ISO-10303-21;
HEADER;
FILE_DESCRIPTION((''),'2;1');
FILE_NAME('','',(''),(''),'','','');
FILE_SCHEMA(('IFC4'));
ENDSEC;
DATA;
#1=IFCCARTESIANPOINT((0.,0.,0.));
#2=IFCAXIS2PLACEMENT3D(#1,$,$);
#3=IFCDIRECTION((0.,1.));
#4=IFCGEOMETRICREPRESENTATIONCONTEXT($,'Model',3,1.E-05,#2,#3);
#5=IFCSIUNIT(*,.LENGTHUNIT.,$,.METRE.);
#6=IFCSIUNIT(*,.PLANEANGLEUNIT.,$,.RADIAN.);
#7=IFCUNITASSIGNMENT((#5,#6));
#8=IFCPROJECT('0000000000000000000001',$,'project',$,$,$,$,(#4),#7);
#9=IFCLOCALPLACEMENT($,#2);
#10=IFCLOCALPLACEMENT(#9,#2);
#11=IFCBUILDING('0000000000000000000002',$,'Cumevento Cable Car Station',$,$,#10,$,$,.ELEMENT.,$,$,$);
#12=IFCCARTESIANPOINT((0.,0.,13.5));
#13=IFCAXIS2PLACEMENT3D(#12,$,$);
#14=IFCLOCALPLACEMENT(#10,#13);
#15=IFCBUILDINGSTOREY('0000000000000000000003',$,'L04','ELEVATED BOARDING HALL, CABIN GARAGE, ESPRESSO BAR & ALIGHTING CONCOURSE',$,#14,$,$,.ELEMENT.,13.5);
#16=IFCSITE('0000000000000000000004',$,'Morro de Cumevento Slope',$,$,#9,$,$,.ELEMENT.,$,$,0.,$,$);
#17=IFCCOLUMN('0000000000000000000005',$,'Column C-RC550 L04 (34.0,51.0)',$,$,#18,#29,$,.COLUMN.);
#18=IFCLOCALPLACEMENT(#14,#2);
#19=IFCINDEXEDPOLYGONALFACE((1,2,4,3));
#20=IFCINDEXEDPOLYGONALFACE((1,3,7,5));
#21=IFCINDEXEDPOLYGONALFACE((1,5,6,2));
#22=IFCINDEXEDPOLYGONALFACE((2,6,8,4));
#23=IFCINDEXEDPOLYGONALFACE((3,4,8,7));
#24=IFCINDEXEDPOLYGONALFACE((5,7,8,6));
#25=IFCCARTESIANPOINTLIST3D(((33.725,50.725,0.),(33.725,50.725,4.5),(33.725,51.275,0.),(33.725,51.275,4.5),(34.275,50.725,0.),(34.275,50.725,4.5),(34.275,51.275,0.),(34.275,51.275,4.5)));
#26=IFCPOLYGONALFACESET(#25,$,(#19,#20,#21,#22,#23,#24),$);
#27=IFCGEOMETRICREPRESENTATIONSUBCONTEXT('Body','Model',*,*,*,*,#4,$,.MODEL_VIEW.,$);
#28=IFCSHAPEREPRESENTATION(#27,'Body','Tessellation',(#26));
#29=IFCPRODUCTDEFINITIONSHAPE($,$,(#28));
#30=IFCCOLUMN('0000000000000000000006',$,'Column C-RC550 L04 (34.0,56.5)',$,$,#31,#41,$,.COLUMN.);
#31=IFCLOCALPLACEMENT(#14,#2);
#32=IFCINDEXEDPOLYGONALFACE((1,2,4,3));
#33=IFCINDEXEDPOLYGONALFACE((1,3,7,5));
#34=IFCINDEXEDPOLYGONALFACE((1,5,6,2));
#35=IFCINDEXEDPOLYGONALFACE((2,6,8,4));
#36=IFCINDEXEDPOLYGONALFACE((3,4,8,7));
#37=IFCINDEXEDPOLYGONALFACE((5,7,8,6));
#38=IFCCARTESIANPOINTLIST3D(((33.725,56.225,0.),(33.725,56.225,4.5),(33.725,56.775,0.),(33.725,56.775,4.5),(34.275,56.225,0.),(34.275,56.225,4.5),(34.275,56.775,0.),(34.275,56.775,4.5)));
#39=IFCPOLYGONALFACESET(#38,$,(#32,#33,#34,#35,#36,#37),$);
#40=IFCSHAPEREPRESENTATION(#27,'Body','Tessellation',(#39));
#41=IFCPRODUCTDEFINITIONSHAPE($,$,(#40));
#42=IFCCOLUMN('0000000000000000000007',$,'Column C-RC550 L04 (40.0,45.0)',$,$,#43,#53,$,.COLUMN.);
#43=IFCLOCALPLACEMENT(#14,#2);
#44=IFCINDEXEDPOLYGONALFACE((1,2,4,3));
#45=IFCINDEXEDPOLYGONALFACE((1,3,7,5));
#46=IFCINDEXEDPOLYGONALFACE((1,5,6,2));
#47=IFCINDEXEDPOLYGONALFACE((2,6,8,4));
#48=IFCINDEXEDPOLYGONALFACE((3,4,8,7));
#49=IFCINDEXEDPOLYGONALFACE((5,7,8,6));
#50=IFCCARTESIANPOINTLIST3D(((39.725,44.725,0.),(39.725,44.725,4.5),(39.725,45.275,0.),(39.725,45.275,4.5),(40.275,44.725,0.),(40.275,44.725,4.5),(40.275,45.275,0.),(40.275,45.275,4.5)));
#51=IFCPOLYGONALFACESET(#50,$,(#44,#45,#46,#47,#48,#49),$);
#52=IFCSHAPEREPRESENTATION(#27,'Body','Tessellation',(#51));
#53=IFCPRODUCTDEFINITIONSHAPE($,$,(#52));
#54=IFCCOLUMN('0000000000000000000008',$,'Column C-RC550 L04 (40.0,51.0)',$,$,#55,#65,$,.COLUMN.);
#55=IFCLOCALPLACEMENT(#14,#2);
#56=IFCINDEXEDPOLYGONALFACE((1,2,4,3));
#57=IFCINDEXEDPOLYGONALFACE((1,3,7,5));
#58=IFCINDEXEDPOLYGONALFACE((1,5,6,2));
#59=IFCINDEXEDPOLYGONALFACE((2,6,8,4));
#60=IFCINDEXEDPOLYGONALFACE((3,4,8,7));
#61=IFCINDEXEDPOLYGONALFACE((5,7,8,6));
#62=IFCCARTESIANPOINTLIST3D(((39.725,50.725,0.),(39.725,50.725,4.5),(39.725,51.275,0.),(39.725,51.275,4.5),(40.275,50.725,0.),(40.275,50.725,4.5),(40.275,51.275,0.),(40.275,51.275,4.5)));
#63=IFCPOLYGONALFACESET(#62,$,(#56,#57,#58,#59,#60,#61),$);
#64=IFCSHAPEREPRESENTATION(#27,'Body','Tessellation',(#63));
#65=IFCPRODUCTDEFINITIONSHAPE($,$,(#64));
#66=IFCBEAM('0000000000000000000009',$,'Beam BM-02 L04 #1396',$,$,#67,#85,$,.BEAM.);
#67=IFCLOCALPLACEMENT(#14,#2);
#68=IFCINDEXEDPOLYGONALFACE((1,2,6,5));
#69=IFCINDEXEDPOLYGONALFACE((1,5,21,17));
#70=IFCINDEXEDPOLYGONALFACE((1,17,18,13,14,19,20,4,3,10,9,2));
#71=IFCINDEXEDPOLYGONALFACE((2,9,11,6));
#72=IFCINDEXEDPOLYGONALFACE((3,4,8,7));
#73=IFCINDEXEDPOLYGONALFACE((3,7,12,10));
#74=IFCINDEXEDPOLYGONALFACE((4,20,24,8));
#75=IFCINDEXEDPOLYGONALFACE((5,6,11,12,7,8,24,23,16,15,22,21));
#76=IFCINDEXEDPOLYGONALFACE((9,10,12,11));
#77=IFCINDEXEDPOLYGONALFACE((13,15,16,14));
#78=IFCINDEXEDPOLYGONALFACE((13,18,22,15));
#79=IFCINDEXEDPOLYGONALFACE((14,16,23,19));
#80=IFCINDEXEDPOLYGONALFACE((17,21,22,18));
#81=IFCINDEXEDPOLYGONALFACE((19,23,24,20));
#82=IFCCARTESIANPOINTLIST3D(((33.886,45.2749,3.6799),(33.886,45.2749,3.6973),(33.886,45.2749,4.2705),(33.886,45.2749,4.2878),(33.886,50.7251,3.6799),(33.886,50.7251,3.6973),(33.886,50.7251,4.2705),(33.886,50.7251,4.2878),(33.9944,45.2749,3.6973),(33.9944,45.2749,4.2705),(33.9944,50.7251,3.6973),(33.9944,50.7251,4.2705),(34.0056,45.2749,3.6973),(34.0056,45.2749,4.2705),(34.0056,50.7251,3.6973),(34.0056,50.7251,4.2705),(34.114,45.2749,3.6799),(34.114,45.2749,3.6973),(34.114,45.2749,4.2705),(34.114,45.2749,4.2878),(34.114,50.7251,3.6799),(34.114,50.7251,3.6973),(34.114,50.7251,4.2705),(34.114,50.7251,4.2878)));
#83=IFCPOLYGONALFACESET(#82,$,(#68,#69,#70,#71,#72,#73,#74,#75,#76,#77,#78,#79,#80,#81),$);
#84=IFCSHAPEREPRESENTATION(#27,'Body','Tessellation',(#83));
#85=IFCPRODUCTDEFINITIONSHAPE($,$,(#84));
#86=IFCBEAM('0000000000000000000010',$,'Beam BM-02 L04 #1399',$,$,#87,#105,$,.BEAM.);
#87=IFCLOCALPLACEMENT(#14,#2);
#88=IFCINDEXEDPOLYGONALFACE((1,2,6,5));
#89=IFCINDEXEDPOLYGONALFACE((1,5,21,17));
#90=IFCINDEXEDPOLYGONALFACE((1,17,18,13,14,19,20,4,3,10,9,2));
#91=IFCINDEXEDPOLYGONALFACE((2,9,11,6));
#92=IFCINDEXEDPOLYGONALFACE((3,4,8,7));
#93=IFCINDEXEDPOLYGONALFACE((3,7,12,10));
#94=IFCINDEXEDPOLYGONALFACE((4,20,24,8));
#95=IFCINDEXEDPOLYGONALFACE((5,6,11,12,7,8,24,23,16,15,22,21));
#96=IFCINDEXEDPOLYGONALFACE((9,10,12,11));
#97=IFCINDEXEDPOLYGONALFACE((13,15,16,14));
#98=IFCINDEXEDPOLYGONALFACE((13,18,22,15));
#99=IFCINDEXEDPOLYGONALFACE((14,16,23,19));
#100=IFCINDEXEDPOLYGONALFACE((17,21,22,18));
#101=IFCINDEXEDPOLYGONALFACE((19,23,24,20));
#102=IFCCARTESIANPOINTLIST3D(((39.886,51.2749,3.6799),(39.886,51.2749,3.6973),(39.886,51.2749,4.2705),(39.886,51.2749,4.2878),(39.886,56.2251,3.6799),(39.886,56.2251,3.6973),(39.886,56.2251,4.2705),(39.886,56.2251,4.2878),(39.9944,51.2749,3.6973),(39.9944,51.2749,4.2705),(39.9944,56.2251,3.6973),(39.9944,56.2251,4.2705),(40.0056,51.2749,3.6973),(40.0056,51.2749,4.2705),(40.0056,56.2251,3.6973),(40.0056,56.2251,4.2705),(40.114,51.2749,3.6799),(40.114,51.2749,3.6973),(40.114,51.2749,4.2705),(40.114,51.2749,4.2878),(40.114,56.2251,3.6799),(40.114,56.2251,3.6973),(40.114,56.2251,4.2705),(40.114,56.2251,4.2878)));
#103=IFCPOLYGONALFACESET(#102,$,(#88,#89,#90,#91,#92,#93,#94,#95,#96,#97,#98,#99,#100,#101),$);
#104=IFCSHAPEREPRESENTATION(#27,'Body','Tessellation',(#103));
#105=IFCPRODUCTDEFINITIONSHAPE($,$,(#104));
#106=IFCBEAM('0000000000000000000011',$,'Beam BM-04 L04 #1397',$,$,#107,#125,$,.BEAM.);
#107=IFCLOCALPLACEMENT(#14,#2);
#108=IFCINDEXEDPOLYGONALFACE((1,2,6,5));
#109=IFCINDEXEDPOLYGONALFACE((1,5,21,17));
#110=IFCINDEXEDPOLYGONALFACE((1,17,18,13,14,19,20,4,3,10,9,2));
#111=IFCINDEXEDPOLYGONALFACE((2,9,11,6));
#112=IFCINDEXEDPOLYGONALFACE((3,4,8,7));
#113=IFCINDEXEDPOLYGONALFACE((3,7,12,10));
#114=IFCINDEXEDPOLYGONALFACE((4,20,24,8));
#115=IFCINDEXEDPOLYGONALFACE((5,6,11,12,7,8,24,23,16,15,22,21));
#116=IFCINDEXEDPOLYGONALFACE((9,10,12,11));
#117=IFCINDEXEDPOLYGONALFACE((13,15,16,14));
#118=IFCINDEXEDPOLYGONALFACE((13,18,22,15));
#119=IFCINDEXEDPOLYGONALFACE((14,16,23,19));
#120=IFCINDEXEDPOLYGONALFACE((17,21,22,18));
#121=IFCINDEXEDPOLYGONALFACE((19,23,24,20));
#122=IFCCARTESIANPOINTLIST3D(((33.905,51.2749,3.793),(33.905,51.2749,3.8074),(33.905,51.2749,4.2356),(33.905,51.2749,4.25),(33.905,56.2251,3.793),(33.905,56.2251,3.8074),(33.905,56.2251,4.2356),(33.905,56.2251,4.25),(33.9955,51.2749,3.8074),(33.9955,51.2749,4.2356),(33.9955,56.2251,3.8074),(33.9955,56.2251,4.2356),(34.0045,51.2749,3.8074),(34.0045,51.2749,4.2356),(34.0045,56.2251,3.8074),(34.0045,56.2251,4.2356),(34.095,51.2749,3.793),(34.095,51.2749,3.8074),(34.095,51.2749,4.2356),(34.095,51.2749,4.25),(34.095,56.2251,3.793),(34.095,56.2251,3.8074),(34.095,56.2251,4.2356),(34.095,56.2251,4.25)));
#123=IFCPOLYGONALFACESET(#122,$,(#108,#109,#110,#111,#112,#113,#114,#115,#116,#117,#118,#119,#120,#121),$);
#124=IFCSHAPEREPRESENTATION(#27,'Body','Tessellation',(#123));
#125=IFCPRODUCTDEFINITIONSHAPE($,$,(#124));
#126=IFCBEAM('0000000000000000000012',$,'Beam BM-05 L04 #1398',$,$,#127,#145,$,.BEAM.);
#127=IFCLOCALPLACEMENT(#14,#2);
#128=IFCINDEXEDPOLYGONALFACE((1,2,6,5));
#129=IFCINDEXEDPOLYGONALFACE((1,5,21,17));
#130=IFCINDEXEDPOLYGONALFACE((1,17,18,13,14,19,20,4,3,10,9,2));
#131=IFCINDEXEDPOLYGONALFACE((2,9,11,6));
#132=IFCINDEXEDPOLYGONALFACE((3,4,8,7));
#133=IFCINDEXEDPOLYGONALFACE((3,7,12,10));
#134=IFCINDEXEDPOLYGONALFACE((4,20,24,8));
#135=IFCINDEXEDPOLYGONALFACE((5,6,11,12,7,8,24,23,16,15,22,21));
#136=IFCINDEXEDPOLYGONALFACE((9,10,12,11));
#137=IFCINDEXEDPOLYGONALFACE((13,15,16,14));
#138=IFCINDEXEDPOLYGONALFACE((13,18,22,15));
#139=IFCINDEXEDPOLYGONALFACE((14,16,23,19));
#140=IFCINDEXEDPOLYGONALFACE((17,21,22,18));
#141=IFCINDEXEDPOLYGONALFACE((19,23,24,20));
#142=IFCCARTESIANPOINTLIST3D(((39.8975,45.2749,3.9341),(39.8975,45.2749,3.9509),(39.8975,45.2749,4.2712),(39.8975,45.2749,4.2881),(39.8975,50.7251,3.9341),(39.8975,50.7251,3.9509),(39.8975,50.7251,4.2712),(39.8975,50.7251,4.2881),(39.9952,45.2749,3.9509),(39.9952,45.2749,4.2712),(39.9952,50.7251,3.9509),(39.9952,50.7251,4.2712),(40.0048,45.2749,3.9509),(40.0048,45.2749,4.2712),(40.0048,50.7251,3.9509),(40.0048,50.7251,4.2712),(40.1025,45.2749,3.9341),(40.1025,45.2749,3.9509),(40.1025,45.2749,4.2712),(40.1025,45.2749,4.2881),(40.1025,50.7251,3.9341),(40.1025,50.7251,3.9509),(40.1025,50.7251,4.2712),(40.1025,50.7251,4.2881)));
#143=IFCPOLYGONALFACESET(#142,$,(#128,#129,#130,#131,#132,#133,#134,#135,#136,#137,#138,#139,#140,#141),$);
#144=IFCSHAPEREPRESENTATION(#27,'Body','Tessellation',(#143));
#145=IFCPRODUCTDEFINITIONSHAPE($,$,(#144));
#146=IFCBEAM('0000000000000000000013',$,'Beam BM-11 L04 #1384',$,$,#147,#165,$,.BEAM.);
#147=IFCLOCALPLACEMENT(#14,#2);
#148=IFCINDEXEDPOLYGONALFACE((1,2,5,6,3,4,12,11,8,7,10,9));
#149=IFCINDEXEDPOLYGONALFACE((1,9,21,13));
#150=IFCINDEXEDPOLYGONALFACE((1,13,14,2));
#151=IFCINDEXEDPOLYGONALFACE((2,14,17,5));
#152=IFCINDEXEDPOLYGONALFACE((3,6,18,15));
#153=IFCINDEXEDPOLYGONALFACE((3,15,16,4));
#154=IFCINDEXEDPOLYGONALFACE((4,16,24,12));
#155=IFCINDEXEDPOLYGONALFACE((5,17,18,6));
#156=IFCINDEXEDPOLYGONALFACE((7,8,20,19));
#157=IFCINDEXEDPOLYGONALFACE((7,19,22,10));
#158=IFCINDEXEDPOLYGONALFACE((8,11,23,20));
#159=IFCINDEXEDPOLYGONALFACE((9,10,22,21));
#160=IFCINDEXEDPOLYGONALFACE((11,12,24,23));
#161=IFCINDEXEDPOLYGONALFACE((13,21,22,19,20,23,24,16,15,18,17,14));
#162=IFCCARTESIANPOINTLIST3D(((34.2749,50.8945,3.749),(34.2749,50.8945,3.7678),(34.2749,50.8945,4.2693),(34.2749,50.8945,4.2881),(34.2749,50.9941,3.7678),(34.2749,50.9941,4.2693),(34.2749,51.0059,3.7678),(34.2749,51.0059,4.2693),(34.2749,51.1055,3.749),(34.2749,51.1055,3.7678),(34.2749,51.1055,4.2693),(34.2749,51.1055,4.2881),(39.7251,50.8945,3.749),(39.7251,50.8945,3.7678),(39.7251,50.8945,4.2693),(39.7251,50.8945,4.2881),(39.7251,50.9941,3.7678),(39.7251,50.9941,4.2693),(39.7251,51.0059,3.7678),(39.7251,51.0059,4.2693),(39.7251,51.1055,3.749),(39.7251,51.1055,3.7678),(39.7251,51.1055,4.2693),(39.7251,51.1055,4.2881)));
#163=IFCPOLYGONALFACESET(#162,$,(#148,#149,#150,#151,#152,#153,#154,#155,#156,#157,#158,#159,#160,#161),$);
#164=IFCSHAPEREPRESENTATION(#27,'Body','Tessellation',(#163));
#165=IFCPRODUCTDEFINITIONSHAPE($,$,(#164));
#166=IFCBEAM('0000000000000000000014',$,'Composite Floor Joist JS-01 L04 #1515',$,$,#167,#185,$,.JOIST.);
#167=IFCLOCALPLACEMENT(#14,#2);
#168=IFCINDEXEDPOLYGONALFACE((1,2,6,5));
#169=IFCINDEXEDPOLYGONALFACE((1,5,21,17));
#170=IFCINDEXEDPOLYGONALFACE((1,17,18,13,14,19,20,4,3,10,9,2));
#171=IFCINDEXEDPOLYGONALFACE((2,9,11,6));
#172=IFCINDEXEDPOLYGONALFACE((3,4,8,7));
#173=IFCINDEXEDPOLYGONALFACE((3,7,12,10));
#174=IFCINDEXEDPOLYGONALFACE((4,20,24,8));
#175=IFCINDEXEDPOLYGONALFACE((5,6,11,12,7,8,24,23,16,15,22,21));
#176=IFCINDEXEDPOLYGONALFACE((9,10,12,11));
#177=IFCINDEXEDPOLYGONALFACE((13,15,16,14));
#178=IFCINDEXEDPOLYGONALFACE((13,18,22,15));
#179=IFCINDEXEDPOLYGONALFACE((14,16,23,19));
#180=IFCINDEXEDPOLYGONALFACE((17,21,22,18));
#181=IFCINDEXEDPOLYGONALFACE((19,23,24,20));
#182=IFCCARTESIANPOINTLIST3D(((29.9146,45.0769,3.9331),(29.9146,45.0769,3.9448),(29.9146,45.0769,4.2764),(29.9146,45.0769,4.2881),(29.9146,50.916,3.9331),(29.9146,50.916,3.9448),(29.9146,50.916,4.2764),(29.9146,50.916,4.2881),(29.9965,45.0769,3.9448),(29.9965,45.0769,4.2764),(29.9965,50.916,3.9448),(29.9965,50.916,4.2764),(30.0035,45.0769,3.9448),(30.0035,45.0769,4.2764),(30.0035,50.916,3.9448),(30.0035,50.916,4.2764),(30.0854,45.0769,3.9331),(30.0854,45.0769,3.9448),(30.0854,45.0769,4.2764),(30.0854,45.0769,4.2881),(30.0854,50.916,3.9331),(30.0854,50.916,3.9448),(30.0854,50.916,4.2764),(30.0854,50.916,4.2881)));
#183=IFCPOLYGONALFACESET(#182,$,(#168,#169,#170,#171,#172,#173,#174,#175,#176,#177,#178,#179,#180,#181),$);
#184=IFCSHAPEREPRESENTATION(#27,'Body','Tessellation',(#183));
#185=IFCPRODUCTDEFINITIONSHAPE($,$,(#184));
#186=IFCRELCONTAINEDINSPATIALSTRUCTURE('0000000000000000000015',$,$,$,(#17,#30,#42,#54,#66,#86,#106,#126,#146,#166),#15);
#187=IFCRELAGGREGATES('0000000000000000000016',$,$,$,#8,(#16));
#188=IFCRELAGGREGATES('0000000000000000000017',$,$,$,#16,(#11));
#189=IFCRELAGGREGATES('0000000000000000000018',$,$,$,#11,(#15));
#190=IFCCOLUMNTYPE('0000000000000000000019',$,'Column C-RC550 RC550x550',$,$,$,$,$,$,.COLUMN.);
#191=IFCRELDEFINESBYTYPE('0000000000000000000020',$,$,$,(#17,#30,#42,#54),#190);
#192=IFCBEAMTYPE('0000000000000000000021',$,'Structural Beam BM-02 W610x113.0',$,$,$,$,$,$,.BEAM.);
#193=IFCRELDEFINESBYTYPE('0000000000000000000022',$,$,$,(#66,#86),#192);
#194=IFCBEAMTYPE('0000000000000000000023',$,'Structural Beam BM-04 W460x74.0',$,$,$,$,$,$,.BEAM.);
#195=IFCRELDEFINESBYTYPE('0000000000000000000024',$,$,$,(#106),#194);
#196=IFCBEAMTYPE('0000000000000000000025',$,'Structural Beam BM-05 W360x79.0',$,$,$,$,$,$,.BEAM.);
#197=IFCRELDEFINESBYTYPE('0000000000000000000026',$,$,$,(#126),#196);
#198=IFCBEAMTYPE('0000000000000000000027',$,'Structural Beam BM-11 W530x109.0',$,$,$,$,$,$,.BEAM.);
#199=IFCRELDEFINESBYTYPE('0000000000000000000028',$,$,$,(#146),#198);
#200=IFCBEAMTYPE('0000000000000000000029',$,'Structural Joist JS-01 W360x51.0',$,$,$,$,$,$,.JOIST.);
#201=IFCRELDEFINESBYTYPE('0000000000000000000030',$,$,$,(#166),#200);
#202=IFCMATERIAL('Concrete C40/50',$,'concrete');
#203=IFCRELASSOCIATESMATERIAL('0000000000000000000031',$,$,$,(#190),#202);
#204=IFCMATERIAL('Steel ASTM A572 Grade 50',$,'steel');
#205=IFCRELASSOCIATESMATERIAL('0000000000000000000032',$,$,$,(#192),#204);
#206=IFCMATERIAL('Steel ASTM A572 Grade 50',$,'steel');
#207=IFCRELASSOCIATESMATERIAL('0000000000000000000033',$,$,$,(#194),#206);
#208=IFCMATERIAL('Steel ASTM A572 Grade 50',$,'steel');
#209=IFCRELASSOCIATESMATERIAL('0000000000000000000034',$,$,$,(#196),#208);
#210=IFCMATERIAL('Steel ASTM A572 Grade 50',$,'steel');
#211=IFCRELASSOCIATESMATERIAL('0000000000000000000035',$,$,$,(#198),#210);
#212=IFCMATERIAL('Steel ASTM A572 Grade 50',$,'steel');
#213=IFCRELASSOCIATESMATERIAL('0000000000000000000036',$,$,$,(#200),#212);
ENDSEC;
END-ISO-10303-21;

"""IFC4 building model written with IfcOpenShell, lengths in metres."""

from ifc_helpers import new_model, si_unit, direction, frame, origin, origin_2d, place, context, subcontext, project, spatial, rectangle, i_section, extrude, material, material_profile, profile_set, type_object, element, save


model = new_model("IFC4")

# Units and contexts
model_context = context("Model", 3, precision=1e-05, world=origin(), true_north=direction((0.0, 1.0)))
body_context = subcontext(model_context, "Body", "Model", "MODEL_VIEW")
ifc_project = project(units=[si_unit("LENGTHUNIT", "METRE"), si_unit("PLANEANGLEUNIT", "RADIAN")], contexts=[model_context])

# Site, building, storey
site_placement = place(None, origin())
site = spatial("IfcSite", under=ifc_project, at=site_placement, Name="Morro de Cumevento Slope", CompositionType="ELEMENT", RefElevation=0.0)
building_placement = place(site_placement, origin())
building = spatial("IfcBuilding", under=site, at=building_placement, Name="Cumevento Cable Car Station", CompositionType="ELEMENT")
storey_placement = place(building_placement, frame((0.0, 0.0, 13.5)))
storey = spatial("IfcBuildingStorey", under=building, at=storey_placement, Name="L04", Description="ELEVATED BOARDING HALL, CABIN GARAGE, ESPRESSO BAR & ALIGHTING CONCOURSE", CompositionType="ELEMENT", Elevation=13.5)

# Columns
ifc_material_1 = material(Name="Concrete C40/50", Category="concrete")
ifc_material_profile_1 = material_profile(ifc_material_1, rectangle(XDim=0.55, YDim=0.55, at=origin_2d()), Name="RC550x550")
ifc_profile_set_1 = profile_set([ifc_material_profile_1], Name="Concrete C40/50")
column_type = type_object("IfcColumnType", Name="Column C-RC550 RC550x550", PredefinedType="COLUMN", material=ifc_profile_set_1)
for number, where, z_axis, x_axis, name in (
    (1, (34.0, 51.0, 0.0), (0.0, 0.0, 1.0), (1.0, 0.0, 0.0), "Column C-RC550 L04 (34.0,51.0)"),
    (2, (34.0, 56.5, 0.0), (0.0, 0.0, 1.0), (1.0, 0.0, 0.0), "Column C-RC550 L04 (34.0,56.5)"),
    (3, (40.0, 45.0, 0.0), (0.0, 0.0, 1.0), (1.0, 0.0, 0.0), "Column C-RC550 L04 (40.0,45.0)"),
    (4, (40.0, 51.0, 0.0), (0.0, 0.0, 1.0), (1.0, 0.0, 0.0), "Column C-RC550 L04 (40.0,51.0)"),
):
    element("IfcColumn", number, at=place(storey_placement, frame(where, z_axis=z_axis, x_axis=x_axis)), inside=storey, type_object=column_type, Name=name, PredefinedType="COLUMN", context=body_context, shape_type="SweptSolid", body=[
        extrude(rectangle(XDim=0.55, YDim=0.55, at=origin_2d()), origin(), (0.0, 0.0, 1.0), 4.5),
    ])

# Beams
ifc_material_2 = material(Name="Steel ASTM A572 Grade 50", Category="steel")
ifc_material_profile_2 = material_profile(ifc_material_2, i_section(OverallWidth=0.228, OverallDepth=0.6079, WebThickness=0.0112, FlangeThickness=0.0173, at=origin_2d()), Name="W610x113.0")
ifc_profile_set_2 = profile_set([ifc_material_profile_2], Name="Steel ASTM A572 Grade 50")
beam_type_1 = type_object("IfcBeamType", Name="Structural Beam BM-02 W610x113.0", PredefinedType="BEAM", material=ifc_profile_set_2)
beam_1_placement = place(storey_placement, frame((34.0, 45.2749, 3.9839), z_axis=(0.0, 1.0, 0.0), x_axis=(-1.0, 0.0, 0.0)))
element("IfcBeam", 5, at=beam_1_placement, inside=storey, type_object=beam_type_1, Name="Beam BM-02 L04 #1396", PredefinedType="BEAM", context=body_context, shape_type="SweptSolid", body=[
    extrude(i_section(OverallWidth=0.228, OverallDepth=0.6079, WebThickness=0.0112, FlangeThickness=0.0173, at=origin_2d()), origin(), (0.0, 0.0, 1.0), 5.4502),
])
beam_2_placement = place(storey_placement, frame((40.0, 51.2749, 3.9839), z_axis=(0.0, 1.0, 0.0), x_axis=(-1.0, 0.0, 0.0)))
element("IfcBeam", 6, at=beam_2_placement, inside=storey, type_object=beam_type_1, Name="Beam BM-02 L04 #1399", PredefinedType="BEAM", context=body_context, shape_type="SweptSolid", body=[
    extrude(i_section(OverallWidth=0.228, OverallDepth=0.6079, WebThickness=0.0112, FlangeThickness=0.0173, at=origin_2d()), origin(), (0.0, 0.0, 1.0), 4.9502),
])
ifc_material_3 = material(Name="Steel ASTM A572 Grade 50", Category="steel")
ifc_material_profile_3 = material_profile(ifc_material_3, i_section(OverallWidth=0.1899, OverallDepth=0.457, WebThickness=0.009, FlangeThickness=0.0144, at=origin_2d()), Name="W460x74.0")
ifc_profile_set_3 = profile_set([ifc_material_profile_3], Name="Steel ASTM A572 Grade 50")
beam_type_2 = type_object("IfcBeamType", Name="Structural Beam BM-04 W460x74.0", PredefinedType="BEAM", material=ifc_profile_set_3)
beam_3_placement = place(storey_placement, frame((34.0, 51.2749, 4.0215), z_axis=(0.0, 1.0, 0.0), x_axis=(-1.0, 0.0, 0.0)))
element("IfcBeam", 7, at=beam_3_placement, inside=storey, type_object=beam_type_2, Name="Beam BM-04 L04 #1397", PredefinedType="BEAM", context=body_context, shape_type="SweptSolid", body=[
    extrude(i_section(OverallWidth=0.1899, OverallDepth=0.457, WebThickness=0.009, FlangeThickness=0.0144, at=origin_2d()), origin(), (0.0, 0.0, 1.0), 4.9502),
])
ifc_material_4 = material(Name="Steel ASTM A572 Grade 50", Category="steel")
ifc_material_profile_4 = material_profile(ifc_material_4, i_section(OverallWidth=0.2051, OverallDepth=0.354, WebThickness=0.0095, FlangeThickness=0.0168, at=origin_2d()), Name="W360x79.0")
ifc_profile_set_4 = profile_set([ifc_material_profile_4], Name="Steel ASTM A572 Grade 50")
beam_type_3 = type_object("IfcBeamType", Name="Structural Beam BM-05 W360x79.0", PredefinedType="BEAM", material=ifc_profile_set_4)
beam_4_placement = place(storey_placement, frame((40.0, 45.2749, 4.1111), z_axis=(0.0, 1.0, 0.0), x_axis=(-1.0, 0.0, 0.0)))
element("IfcBeam", 8, at=beam_4_placement, inside=storey, type_object=beam_type_3, Name="Beam BM-05 L04 #1398", PredefinedType="BEAM", context=body_context, shape_type="SweptSolid", body=[
    extrude(i_section(OverallWidth=0.2051, OverallDepth=0.354, WebThickness=0.0095, FlangeThickness=0.0168, at=origin_2d()), origin(), (0.0, 0.0, 1.0), 5.4502),
])
ifc_material_5 = material(Name="Steel ASTM A572 Grade 50", Category="steel")
ifc_material_profile_5 = material_profile(ifc_material_5, i_section(OverallWidth=0.2109, OverallDepth=0.5391, WebThickness=0.0117, FlangeThickness=0.0188, at=origin_2d()), Name="W530x109.0")
ifc_profile_set_5 = profile_set([ifc_material_profile_5], Name="Steel ASTM A572 Grade 50")
beam_type_4 = type_object("IfcBeamType", Name="Structural Beam BM-11 W530x109.0", PredefinedType="BEAM", material=ifc_profile_set_5)
beam_5_placement = place(storey_placement, frame((34.2749, 51.0, 4.0186), z_axis=(1.0, 0.0, 0.0), x_axis=(0.0, 1.0, 0.0)))
element("IfcBeam", 9, at=beam_5_placement, inside=storey, type_object=beam_type_4, Name="Beam BM-11 L04 #1384", PredefinedType="BEAM", context=body_context, shape_type="SweptSolid", body=[
    extrude(i_section(OverallWidth=0.2109, OverallDepth=0.5391, WebThickness=0.0117, FlangeThickness=0.0188, at=origin_2d()), origin(), (0.0, 0.0, 1.0), 5.4502),
])
ifc_material_6 = material(Name="Steel ASTM A572 Grade 50", Category="steel")
ifc_material_profile_6 = material_profile(ifc_material_6, i_section(OverallWidth=0.1709, OverallDepth=0.355, WebThickness=0.0071, FlangeThickness=0.0117, at=origin_2d()), Name="W360x51.0")
ifc_profile_set_6 = profile_set([ifc_material_profile_6], Name="Steel ASTM A572 Grade 50")
beam_type_5 = type_object("IfcBeamType", Name="Structural Joist JS-01 W360x51.0", PredefinedType="JOIST", material=ifc_profile_set_6)
for number, where, z_axis, x_axis, name in (
    (10, (30.0, 45.0769, 4.1106), (0.0, 1.0, 0.0), (-1.0, 0.0, 0.0), "Composite Floor Joist JS-01 L04 #1515"),
):
    element("IfcBeam", number, at=place(storey_placement, frame(where, z_axis=z_axis, x_axis=x_axis)), inside=storey, type_object=beam_type_5, Name=name, PredefinedType="JOIST", context=body_context, shape_type="SweptSolid", body=[
        extrude(i_section(OverallWidth=0.1709, OverallDepth=0.355, WebThickness=0.0071, FlangeThickness=0.0117, at=origin_2d()), origin(), (0.0, 0.0, 1.0), 5.8391),
    ])

save(model, "model.ifc")
